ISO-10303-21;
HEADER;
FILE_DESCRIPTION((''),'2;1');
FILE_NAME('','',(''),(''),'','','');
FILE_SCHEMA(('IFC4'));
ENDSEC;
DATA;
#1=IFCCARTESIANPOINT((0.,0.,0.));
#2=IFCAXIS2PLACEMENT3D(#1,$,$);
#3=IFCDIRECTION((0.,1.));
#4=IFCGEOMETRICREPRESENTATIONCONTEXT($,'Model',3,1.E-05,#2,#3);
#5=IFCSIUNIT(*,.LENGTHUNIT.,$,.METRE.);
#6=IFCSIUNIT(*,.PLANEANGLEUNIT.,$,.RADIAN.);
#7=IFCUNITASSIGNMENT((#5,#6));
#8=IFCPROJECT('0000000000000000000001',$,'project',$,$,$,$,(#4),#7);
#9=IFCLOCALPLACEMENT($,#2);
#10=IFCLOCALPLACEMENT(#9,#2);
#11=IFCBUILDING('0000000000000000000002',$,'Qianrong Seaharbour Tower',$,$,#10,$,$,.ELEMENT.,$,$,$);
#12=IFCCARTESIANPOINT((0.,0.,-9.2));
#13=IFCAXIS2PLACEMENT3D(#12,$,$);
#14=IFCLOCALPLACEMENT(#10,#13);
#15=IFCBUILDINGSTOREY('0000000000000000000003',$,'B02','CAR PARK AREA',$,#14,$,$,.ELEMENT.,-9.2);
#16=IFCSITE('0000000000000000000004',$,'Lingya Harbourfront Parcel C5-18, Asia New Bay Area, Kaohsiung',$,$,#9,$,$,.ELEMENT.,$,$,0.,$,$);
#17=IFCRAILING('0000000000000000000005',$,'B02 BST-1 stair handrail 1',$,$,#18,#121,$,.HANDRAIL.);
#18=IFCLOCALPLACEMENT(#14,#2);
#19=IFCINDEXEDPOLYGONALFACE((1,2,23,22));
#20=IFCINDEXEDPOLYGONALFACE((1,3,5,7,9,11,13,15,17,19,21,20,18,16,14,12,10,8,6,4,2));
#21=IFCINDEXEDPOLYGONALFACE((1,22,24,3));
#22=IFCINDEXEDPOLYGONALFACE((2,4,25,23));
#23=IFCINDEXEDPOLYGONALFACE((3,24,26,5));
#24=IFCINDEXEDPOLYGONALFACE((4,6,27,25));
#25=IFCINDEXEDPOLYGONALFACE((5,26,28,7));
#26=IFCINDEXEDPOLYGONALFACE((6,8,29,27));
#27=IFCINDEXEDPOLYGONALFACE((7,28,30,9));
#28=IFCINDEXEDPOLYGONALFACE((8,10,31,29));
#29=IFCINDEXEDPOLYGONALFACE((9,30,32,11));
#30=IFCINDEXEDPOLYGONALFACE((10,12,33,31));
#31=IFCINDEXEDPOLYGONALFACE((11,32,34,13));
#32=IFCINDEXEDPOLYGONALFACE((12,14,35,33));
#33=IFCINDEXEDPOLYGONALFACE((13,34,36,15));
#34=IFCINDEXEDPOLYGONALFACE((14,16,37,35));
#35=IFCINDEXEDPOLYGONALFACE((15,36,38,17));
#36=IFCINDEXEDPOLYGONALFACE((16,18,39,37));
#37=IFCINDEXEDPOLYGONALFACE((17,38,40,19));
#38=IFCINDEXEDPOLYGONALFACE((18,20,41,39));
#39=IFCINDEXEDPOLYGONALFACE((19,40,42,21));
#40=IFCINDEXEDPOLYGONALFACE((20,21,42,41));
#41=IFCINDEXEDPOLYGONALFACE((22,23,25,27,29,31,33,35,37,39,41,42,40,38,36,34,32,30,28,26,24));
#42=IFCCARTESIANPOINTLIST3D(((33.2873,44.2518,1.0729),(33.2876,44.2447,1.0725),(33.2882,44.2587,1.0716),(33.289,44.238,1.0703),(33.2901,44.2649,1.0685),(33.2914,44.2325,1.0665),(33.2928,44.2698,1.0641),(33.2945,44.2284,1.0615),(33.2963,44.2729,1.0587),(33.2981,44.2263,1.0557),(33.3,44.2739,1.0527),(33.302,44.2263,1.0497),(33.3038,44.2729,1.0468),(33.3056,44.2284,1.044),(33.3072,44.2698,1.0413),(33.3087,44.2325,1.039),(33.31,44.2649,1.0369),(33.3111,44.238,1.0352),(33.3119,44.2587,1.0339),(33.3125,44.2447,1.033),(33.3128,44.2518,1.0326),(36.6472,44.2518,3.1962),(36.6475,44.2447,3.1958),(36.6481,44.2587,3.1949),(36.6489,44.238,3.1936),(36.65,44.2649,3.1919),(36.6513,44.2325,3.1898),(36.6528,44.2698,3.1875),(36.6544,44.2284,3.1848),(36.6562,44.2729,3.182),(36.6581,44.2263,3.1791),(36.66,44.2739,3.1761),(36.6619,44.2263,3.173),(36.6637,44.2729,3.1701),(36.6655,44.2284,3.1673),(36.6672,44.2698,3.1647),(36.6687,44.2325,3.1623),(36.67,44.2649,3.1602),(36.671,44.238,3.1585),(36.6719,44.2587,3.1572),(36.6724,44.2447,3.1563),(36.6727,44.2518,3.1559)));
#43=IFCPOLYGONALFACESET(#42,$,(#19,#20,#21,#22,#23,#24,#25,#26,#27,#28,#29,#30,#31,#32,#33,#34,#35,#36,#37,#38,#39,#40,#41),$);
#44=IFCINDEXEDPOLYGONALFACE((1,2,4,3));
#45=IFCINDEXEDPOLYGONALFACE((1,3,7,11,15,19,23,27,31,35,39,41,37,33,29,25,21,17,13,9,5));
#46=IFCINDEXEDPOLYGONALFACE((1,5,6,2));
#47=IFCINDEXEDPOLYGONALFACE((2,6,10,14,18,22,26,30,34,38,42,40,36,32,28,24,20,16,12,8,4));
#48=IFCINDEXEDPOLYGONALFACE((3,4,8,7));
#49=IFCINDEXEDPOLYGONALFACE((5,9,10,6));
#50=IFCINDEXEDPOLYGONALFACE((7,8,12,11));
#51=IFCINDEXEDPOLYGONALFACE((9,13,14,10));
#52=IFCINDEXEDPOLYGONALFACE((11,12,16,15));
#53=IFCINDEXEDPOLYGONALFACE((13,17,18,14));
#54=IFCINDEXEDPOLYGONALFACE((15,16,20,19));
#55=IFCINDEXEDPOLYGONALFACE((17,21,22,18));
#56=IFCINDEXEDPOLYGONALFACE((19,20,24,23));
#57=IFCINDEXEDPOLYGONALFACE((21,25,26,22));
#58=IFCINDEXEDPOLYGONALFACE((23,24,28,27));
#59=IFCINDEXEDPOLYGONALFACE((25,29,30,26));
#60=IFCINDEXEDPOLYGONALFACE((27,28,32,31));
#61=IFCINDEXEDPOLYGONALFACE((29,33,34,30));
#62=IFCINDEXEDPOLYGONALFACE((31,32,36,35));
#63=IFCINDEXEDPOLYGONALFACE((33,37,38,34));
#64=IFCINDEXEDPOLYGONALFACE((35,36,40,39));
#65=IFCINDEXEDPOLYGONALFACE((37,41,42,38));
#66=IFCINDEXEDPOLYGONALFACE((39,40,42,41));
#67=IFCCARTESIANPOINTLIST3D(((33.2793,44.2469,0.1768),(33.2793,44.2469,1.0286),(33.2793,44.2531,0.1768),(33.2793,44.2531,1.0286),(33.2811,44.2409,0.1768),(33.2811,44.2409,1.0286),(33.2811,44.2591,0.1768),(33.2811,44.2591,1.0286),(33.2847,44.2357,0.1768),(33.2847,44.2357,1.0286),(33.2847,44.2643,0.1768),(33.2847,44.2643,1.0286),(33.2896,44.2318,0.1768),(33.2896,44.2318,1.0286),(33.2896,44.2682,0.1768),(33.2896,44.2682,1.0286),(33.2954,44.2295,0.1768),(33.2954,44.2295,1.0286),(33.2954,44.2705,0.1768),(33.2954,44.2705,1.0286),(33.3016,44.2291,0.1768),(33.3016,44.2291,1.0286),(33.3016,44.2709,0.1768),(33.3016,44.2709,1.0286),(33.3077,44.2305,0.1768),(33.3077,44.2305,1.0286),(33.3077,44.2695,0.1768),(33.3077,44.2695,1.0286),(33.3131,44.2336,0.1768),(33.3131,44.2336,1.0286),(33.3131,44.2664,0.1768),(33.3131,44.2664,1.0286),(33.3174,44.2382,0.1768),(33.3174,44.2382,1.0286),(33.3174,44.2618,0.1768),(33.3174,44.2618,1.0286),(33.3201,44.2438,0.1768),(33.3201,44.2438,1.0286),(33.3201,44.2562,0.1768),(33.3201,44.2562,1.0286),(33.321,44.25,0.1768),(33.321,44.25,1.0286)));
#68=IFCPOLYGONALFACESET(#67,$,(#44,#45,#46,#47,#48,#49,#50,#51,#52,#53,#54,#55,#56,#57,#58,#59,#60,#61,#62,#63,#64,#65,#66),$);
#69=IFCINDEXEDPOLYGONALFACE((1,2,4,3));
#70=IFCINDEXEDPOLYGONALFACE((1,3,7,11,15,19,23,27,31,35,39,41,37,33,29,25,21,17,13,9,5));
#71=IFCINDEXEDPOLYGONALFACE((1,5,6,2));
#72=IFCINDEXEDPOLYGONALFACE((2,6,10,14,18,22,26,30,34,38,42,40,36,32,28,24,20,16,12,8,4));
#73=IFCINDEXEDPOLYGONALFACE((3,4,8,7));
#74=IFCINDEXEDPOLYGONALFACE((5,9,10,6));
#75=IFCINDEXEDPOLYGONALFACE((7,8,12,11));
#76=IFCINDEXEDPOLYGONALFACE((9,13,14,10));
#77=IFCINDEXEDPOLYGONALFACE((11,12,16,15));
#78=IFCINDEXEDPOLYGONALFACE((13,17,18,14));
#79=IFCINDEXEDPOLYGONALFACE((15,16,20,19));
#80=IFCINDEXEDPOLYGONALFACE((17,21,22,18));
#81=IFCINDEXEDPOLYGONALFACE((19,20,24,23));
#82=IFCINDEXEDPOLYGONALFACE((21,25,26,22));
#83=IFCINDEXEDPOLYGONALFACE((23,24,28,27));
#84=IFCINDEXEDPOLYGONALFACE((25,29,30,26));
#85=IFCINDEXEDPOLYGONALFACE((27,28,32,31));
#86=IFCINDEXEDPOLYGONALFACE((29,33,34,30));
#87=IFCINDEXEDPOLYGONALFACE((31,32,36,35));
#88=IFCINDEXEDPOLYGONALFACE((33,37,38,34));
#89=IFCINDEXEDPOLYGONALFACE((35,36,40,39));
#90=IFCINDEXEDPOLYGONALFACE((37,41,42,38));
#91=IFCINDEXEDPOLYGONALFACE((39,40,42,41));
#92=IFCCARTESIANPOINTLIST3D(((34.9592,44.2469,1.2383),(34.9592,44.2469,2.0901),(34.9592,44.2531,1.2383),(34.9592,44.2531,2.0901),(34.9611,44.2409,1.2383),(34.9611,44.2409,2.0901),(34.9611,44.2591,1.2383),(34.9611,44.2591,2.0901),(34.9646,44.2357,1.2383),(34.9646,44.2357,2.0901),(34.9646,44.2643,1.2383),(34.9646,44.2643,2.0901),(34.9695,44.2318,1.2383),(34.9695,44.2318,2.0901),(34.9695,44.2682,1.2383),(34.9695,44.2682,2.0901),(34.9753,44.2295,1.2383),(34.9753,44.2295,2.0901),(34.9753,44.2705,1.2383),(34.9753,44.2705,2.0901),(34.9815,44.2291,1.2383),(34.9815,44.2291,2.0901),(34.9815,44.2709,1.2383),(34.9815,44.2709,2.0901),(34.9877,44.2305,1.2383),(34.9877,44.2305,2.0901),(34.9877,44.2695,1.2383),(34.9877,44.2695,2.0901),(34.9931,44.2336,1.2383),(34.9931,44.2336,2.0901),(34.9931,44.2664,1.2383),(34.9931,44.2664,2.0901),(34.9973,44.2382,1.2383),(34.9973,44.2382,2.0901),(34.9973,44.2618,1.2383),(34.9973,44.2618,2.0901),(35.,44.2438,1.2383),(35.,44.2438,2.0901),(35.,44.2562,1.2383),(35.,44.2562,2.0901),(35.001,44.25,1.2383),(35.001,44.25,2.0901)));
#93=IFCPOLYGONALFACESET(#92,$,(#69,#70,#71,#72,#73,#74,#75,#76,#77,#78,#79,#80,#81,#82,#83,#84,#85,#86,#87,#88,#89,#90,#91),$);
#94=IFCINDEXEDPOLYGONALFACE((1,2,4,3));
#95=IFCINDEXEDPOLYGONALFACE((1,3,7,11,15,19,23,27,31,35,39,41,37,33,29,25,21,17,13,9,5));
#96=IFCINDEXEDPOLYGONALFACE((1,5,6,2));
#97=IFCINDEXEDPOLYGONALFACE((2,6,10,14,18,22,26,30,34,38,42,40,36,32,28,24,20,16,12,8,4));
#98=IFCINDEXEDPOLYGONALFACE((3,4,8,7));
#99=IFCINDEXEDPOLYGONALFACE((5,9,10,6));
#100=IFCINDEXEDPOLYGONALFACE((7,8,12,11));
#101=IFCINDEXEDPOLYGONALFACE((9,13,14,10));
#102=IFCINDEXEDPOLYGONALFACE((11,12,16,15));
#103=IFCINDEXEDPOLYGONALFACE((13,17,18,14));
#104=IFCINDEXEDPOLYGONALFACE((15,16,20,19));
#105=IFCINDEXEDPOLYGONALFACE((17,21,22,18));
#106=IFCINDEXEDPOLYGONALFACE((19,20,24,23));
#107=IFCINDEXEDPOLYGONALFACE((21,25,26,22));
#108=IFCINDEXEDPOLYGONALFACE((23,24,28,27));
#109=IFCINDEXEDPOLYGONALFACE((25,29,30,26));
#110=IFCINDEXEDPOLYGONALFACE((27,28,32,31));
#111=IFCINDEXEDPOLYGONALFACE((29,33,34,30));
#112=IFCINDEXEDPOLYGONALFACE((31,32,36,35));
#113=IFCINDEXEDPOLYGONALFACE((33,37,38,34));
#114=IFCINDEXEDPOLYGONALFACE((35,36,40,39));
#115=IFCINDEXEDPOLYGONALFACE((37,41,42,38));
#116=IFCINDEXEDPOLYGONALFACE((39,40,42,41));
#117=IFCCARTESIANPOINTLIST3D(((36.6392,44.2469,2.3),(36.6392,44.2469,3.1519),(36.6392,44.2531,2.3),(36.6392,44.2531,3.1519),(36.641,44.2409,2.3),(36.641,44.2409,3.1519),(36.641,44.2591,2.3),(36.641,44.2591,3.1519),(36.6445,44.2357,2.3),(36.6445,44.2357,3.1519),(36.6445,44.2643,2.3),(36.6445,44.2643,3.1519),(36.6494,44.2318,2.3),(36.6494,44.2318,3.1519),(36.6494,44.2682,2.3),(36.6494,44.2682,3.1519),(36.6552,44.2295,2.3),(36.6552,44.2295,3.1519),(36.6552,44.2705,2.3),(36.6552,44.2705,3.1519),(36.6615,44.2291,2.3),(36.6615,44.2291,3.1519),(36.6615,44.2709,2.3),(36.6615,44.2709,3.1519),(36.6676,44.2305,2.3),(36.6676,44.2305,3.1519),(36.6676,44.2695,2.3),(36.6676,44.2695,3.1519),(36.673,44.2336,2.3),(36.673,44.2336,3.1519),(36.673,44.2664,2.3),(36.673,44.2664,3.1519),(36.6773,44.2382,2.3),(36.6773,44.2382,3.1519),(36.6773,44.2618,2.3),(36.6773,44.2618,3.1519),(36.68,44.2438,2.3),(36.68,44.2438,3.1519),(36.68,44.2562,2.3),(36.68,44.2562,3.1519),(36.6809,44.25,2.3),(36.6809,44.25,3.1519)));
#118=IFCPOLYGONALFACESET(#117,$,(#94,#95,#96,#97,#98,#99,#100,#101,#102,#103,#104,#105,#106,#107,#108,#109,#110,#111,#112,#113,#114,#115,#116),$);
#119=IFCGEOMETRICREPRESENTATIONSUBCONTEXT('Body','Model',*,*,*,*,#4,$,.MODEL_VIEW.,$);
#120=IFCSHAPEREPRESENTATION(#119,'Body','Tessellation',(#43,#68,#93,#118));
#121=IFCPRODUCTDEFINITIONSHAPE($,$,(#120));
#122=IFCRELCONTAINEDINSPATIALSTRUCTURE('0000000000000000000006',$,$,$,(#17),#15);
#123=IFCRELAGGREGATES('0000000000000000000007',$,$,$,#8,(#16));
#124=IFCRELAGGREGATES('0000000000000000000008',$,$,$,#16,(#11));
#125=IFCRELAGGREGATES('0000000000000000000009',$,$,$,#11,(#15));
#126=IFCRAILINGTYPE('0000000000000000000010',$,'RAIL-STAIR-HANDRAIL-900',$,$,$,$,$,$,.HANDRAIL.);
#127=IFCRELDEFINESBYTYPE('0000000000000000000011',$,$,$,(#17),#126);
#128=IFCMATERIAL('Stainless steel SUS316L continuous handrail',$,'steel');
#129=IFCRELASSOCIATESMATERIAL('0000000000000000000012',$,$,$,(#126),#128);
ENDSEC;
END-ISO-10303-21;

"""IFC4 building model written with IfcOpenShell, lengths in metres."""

from ifc_helpers import new_model, si_unit, direction, frame, origin, origin_2d, place, context, subcontext, project, spatial, circle, extrude, material, type_object, element, save


model = new_model("IFC4")

# Units and contexts
model_context = context("Model", 3, precision=1e-05, world=origin(), true_north=direction((0.0, 1.0)))
body_context = subcontext(model_context, "Body", "Model", "MODEL_VIEW")
ifc_project = project(units=[si_unit("LENGTHUNIT", "METRE"), si_unit("PLANEANGLEUNIT", "RADIAN")], contexts=[model_context])

# Site, building, storey
site_placement = place(None, origin())
site = spatial("IfcSite", under=ifc_project, at=site_placement, Name="Lingya Harbourfront Parcel C5-18, Asia New Bay Area, Kaohsiung", CompositionType="ELEMENT", RefElevation=0.0)
building_placement = place(site_placement, origin())
building = spatial("IfcBuilding", under=site, at=building_placement, Name="Qianrong Seaharbour Tower", CompositionType="ELEMENT")
storey_placement = place(building_placement, frame((0.0, 0.0, -9.2)))
storey = spatial("IfcBuildingStorey", under=building, at=storey_placement, Name="B02", Description="CAR PARK AREA", CompositionType="ELEMENT", Elevation=-9.2)

# Railing
ifc_material_1 = material(Name="Stainless steel SUS316L continuous handrail", Category="steel")
railing_type = type_object("IfcRailingType", Name="RAIL-STAIR-HANDRAIL-900", PredefinedType="HANDRAIL", material=ifc_material_1)
railing_placement = place(storey_placement, frame((33.3, 44.25, 0.1768)))
element("IfcRailing", 1, at=railing_placement, inside=storey, type_object=railing_type, Name="B02 BST-1 stair handrail 1", PredefinedType="HANDRAIL", context=body_context, shape_type="SweptSolid", body=[
    extrude(circle(Radius=0.0239, at=origin_2d()), frame((0.0, 0.0, 0.876), z_axis=(0.845344, 0.0, 0.534222), x_axis=(0.0, 1.0, 0.0)), (0.0, 0.0, 1.0), 3.9746),
    extrude(circle(Radius=0.021, at=origin_2d()), origin(), (0.0, 0.0, 1.0), 0.8518),
    extrude(circle(Radius=0.021, at=origin_2d()), frame((1.6799, 0.0, 1.0615)), (0.0, 0.0, 1.0), 0.8518),
    extrude(circle(Radius=0.021, at=origin_2d()), frame((3.3599, 0.0, 2.1233)), (0.0, 0.0, 1.0), 0.8518),
])

save(model, "model.ifc")
